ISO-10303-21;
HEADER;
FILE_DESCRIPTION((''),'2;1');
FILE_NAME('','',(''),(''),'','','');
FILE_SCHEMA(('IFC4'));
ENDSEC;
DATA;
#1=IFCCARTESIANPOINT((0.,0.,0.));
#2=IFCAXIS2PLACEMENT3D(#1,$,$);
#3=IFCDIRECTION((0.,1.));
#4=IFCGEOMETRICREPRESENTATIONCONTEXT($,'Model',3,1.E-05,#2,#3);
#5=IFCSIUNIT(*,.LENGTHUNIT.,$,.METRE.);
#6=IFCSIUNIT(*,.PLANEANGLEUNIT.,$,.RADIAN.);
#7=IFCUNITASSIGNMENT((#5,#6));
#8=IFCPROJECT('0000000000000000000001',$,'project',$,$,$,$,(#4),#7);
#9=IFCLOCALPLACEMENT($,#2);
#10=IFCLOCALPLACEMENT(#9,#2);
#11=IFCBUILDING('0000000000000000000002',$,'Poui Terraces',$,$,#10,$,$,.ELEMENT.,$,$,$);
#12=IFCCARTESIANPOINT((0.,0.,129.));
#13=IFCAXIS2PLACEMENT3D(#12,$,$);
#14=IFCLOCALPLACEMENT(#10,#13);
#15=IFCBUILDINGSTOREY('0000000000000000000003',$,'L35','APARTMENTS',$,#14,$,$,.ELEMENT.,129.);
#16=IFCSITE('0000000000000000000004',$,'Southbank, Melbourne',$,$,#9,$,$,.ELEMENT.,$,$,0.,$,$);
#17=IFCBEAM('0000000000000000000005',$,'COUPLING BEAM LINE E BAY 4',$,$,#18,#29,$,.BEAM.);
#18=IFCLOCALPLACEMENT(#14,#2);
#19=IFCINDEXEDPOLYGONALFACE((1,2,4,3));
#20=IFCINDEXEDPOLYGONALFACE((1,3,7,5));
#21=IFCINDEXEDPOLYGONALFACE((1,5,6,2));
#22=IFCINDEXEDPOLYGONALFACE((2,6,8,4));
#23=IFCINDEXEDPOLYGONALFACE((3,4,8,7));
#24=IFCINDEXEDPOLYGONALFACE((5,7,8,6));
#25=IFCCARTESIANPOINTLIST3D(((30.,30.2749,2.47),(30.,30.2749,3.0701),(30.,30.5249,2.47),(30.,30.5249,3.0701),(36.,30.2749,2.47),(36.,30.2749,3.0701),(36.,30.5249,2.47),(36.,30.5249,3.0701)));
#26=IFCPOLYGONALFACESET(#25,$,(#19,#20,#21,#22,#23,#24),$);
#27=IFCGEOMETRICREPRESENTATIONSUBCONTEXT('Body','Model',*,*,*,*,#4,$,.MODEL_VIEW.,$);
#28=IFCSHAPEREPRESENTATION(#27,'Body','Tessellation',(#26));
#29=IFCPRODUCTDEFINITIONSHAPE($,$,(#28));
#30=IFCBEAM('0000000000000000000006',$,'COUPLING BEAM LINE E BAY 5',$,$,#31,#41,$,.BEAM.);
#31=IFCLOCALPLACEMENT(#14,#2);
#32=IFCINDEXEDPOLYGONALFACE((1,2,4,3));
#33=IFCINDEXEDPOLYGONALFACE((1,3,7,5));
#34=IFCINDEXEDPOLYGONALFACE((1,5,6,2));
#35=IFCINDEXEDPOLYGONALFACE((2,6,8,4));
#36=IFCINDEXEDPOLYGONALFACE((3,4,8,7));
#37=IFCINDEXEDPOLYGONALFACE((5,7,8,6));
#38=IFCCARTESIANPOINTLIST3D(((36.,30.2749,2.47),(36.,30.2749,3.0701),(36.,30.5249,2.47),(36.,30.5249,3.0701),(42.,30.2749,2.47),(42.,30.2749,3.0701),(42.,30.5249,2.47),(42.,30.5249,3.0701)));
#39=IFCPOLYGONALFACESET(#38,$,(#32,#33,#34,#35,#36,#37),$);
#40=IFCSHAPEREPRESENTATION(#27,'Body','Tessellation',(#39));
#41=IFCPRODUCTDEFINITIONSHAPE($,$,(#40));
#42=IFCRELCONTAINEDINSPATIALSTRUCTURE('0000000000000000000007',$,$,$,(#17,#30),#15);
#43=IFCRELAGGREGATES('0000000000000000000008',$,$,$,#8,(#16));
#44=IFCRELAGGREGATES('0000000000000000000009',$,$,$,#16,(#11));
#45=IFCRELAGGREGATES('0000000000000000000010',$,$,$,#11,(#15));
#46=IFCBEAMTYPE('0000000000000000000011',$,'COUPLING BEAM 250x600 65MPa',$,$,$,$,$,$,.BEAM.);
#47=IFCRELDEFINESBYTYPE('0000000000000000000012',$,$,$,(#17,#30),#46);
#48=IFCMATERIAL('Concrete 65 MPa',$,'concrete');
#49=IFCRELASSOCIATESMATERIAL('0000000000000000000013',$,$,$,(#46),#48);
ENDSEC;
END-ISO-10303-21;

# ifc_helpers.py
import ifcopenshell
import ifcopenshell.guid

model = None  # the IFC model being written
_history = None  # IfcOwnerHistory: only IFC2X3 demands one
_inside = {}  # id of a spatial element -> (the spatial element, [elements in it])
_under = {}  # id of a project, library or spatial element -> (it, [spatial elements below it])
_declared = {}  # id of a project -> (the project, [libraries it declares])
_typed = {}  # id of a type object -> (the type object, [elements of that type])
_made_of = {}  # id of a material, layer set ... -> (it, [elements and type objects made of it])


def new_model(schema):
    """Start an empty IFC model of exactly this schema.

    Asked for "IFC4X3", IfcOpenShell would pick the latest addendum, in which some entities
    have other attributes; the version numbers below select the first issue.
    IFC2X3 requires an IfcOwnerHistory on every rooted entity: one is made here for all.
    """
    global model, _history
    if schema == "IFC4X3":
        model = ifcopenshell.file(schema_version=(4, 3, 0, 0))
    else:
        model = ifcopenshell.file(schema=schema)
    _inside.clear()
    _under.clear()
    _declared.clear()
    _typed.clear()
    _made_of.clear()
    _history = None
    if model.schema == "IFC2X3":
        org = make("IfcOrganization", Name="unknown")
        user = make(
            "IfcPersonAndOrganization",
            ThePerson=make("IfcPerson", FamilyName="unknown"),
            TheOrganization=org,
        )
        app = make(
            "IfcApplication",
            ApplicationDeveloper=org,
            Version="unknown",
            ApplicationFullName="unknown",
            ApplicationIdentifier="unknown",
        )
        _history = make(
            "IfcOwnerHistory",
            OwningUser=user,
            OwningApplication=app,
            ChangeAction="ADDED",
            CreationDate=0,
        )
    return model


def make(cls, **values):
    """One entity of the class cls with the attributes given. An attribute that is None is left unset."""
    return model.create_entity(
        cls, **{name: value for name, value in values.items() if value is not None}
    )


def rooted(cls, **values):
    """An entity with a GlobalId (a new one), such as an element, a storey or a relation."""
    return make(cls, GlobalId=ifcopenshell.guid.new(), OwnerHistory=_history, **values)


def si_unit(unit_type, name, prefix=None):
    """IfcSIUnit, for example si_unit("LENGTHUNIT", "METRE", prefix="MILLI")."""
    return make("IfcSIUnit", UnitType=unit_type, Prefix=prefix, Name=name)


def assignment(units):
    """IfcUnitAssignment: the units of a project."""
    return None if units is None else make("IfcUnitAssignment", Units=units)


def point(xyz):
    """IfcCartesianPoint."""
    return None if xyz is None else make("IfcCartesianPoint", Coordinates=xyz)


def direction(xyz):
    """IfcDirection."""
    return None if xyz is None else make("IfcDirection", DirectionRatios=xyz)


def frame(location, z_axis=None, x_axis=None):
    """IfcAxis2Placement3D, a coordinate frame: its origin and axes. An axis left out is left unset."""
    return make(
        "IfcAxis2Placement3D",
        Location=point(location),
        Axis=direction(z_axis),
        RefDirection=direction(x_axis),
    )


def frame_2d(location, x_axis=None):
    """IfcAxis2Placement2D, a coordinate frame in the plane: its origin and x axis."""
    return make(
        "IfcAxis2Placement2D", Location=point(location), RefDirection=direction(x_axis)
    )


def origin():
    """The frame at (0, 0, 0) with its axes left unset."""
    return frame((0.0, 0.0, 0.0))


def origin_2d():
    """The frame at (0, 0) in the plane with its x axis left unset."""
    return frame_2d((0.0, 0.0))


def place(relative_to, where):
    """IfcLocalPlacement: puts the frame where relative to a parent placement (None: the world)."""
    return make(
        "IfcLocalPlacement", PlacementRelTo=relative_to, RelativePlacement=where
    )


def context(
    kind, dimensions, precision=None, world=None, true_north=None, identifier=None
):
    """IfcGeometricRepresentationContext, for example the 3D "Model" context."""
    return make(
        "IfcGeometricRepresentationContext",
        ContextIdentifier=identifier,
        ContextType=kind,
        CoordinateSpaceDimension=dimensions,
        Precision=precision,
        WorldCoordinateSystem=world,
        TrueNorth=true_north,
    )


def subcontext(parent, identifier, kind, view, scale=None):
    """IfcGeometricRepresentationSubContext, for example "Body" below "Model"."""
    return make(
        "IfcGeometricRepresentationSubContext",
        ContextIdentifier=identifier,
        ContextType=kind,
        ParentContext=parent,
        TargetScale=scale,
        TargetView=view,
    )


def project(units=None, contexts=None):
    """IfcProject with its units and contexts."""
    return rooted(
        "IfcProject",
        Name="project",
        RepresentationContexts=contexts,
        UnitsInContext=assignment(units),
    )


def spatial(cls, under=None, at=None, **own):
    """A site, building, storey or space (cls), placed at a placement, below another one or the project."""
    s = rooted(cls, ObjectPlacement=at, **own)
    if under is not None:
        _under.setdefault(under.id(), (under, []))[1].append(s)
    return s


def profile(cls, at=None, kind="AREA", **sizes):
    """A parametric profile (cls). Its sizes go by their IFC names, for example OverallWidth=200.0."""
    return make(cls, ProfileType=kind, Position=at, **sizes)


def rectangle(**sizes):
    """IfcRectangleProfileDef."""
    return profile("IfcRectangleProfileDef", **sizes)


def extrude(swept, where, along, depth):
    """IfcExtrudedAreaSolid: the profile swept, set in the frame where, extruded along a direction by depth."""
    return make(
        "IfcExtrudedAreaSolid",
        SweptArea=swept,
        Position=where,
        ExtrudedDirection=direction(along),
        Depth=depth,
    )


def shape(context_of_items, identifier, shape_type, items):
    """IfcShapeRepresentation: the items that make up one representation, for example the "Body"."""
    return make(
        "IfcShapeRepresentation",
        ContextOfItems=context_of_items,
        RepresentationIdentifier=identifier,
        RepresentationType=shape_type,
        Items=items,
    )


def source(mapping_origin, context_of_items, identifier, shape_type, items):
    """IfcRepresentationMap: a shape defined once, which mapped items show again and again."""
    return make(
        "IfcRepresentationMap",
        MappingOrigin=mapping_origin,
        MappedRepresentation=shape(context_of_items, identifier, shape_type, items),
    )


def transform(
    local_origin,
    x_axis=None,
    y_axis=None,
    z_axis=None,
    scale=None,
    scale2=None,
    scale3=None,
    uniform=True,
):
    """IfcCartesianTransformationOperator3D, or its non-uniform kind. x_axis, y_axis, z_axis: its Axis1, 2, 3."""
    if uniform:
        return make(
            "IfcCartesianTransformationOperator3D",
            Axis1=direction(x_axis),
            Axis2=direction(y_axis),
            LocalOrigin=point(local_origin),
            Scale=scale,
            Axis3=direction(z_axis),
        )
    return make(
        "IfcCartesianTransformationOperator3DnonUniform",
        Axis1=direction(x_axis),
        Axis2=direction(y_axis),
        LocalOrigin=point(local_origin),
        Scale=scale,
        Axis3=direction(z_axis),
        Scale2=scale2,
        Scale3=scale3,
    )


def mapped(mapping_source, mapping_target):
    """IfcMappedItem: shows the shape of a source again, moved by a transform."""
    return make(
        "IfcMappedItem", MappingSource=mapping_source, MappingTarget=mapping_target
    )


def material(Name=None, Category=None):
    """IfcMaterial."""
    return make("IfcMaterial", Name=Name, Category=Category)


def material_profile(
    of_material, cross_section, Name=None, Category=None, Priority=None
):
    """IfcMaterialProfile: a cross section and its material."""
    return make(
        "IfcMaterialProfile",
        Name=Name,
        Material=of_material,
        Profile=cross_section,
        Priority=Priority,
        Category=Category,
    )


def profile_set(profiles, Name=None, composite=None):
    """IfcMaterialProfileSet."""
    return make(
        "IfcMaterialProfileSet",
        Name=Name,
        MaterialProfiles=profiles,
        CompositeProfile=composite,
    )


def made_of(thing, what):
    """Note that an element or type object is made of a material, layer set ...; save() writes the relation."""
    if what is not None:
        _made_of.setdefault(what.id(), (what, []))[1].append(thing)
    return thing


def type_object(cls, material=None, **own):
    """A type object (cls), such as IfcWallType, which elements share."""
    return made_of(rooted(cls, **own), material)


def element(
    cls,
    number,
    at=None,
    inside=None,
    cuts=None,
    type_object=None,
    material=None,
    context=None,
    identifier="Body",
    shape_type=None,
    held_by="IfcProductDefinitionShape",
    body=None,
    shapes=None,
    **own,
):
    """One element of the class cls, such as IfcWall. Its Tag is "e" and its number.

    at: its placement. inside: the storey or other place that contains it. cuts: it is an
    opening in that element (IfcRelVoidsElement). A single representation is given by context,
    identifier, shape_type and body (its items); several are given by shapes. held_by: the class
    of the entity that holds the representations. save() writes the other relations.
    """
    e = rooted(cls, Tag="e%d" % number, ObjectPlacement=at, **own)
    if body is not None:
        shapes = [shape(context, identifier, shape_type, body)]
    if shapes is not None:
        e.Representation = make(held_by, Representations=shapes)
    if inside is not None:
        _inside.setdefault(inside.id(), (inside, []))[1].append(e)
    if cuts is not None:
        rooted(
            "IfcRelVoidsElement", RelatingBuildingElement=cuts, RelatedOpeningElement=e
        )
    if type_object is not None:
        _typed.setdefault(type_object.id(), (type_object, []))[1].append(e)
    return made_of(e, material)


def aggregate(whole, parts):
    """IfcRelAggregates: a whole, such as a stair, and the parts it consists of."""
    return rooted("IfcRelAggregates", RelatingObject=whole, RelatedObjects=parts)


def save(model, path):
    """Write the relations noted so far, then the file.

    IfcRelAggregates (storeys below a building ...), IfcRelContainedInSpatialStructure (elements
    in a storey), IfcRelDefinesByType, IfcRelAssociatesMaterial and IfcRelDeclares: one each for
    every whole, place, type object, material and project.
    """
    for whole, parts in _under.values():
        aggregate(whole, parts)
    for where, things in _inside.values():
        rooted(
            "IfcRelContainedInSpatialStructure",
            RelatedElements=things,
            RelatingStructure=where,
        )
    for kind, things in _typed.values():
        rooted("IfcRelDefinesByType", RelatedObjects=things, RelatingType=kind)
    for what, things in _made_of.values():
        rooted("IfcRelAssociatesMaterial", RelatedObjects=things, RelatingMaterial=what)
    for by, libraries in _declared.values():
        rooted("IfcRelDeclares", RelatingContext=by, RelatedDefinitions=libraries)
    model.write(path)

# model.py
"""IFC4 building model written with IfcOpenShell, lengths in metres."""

from ifc_helpers import new_model, si_unit, direction, frame, origin, origin_2d, place, context, subcontext, project, spatial, rectangle, extrude, source, transform, mapped, material, material_profile, profile_set, type_object, element, save


model = new_model("IFC4")

# Units and contexts
model_context = context("Model", 3, precision=1e-05, world=origin(), true_north=direction((0.0, 1.0)))
body_context = subcontext(model_context, "Body", "Model", "MODEL_VIEW")
ifc_project = project(units=[si_unit("LENGTHUNIT", "METRE"), si_unit("PLANEANGLEUNIT", "RADIAN")], contexts=[model_context])

# Site, building, storey
site_placement = place(None, origin())
site = spatial("IfcSite", under=ifc_project, at=site_placement, Name="Southbank, Melbourne", CompositionType="ELEMENT", RefElevation=0.0)
building_placement = place(site_placement, origin())
building = spatial("IfcBuilding", under=site, at=building_placement, Name="Poui Terraces", CompositionType="ELEMENT")
storey_placement = place(building_placement, frame((0.0, 0.0, 129.0)))
storey = spatial("IfcBuildingStorey", under=building, at=storey_placement, Name="L35", Description="APARTMENTS", CompositionType="ELEMENT", Elevation=129.0)

# Beams
ifc_material_1 = material(Name="Concrete 65 MPa", Category="concrete")
ifc_material_profile = material_profile(ifc_material_1, rectangle(XDim=0.25, YDim=0.6001, at=origin_2d()), Name="RC 250x600")
ifc_profile_set = profile_set([ifc_material_profile], Name="Concrete 65 MPa")
beam_type = type_object("IfcBeamType", Name="COUPLING BEAM 250x600 65MPa", PredefinedType="BEAM", material=ifc_profile_set)
shared_shape = source(origin(), body_context, "Body", "SweptSolid", [
    extrude(rectangle(XDim=0.25, YDim=0.6001, at=origin_2d()), origin(), (0.0, 0.0, 1.0), 6.0),
])
for number, where, z_axis, x_axis, name in (
    (1, (30.0, 30.3999, 2.77), (1.0, 0.0, 0.0), (0.0, 1.0, 0.0), "COUPLING BEAM LINE E BAY 4"),
    (2, (36.0, 30.3999, 2.77), (1.0, 0.0, 0.0), (0.0, 1.0, 0.0), "COUPLING BEAM LINE E BAY 5"),
):
    element("IfcBeam", number, at=place(storey_placement, frame(where, z_axis=z_axis, x_axis=x_axis)), inside=storey, type_object=beam_type, Name=name, PredefinedType="BEAM", context=body_context, shape_type="MappedRepresentation", body=[
        mapped(shared_shape, transform((0.0, 0.0, 0.0))),
    ])

save(model, "model.ifc")
